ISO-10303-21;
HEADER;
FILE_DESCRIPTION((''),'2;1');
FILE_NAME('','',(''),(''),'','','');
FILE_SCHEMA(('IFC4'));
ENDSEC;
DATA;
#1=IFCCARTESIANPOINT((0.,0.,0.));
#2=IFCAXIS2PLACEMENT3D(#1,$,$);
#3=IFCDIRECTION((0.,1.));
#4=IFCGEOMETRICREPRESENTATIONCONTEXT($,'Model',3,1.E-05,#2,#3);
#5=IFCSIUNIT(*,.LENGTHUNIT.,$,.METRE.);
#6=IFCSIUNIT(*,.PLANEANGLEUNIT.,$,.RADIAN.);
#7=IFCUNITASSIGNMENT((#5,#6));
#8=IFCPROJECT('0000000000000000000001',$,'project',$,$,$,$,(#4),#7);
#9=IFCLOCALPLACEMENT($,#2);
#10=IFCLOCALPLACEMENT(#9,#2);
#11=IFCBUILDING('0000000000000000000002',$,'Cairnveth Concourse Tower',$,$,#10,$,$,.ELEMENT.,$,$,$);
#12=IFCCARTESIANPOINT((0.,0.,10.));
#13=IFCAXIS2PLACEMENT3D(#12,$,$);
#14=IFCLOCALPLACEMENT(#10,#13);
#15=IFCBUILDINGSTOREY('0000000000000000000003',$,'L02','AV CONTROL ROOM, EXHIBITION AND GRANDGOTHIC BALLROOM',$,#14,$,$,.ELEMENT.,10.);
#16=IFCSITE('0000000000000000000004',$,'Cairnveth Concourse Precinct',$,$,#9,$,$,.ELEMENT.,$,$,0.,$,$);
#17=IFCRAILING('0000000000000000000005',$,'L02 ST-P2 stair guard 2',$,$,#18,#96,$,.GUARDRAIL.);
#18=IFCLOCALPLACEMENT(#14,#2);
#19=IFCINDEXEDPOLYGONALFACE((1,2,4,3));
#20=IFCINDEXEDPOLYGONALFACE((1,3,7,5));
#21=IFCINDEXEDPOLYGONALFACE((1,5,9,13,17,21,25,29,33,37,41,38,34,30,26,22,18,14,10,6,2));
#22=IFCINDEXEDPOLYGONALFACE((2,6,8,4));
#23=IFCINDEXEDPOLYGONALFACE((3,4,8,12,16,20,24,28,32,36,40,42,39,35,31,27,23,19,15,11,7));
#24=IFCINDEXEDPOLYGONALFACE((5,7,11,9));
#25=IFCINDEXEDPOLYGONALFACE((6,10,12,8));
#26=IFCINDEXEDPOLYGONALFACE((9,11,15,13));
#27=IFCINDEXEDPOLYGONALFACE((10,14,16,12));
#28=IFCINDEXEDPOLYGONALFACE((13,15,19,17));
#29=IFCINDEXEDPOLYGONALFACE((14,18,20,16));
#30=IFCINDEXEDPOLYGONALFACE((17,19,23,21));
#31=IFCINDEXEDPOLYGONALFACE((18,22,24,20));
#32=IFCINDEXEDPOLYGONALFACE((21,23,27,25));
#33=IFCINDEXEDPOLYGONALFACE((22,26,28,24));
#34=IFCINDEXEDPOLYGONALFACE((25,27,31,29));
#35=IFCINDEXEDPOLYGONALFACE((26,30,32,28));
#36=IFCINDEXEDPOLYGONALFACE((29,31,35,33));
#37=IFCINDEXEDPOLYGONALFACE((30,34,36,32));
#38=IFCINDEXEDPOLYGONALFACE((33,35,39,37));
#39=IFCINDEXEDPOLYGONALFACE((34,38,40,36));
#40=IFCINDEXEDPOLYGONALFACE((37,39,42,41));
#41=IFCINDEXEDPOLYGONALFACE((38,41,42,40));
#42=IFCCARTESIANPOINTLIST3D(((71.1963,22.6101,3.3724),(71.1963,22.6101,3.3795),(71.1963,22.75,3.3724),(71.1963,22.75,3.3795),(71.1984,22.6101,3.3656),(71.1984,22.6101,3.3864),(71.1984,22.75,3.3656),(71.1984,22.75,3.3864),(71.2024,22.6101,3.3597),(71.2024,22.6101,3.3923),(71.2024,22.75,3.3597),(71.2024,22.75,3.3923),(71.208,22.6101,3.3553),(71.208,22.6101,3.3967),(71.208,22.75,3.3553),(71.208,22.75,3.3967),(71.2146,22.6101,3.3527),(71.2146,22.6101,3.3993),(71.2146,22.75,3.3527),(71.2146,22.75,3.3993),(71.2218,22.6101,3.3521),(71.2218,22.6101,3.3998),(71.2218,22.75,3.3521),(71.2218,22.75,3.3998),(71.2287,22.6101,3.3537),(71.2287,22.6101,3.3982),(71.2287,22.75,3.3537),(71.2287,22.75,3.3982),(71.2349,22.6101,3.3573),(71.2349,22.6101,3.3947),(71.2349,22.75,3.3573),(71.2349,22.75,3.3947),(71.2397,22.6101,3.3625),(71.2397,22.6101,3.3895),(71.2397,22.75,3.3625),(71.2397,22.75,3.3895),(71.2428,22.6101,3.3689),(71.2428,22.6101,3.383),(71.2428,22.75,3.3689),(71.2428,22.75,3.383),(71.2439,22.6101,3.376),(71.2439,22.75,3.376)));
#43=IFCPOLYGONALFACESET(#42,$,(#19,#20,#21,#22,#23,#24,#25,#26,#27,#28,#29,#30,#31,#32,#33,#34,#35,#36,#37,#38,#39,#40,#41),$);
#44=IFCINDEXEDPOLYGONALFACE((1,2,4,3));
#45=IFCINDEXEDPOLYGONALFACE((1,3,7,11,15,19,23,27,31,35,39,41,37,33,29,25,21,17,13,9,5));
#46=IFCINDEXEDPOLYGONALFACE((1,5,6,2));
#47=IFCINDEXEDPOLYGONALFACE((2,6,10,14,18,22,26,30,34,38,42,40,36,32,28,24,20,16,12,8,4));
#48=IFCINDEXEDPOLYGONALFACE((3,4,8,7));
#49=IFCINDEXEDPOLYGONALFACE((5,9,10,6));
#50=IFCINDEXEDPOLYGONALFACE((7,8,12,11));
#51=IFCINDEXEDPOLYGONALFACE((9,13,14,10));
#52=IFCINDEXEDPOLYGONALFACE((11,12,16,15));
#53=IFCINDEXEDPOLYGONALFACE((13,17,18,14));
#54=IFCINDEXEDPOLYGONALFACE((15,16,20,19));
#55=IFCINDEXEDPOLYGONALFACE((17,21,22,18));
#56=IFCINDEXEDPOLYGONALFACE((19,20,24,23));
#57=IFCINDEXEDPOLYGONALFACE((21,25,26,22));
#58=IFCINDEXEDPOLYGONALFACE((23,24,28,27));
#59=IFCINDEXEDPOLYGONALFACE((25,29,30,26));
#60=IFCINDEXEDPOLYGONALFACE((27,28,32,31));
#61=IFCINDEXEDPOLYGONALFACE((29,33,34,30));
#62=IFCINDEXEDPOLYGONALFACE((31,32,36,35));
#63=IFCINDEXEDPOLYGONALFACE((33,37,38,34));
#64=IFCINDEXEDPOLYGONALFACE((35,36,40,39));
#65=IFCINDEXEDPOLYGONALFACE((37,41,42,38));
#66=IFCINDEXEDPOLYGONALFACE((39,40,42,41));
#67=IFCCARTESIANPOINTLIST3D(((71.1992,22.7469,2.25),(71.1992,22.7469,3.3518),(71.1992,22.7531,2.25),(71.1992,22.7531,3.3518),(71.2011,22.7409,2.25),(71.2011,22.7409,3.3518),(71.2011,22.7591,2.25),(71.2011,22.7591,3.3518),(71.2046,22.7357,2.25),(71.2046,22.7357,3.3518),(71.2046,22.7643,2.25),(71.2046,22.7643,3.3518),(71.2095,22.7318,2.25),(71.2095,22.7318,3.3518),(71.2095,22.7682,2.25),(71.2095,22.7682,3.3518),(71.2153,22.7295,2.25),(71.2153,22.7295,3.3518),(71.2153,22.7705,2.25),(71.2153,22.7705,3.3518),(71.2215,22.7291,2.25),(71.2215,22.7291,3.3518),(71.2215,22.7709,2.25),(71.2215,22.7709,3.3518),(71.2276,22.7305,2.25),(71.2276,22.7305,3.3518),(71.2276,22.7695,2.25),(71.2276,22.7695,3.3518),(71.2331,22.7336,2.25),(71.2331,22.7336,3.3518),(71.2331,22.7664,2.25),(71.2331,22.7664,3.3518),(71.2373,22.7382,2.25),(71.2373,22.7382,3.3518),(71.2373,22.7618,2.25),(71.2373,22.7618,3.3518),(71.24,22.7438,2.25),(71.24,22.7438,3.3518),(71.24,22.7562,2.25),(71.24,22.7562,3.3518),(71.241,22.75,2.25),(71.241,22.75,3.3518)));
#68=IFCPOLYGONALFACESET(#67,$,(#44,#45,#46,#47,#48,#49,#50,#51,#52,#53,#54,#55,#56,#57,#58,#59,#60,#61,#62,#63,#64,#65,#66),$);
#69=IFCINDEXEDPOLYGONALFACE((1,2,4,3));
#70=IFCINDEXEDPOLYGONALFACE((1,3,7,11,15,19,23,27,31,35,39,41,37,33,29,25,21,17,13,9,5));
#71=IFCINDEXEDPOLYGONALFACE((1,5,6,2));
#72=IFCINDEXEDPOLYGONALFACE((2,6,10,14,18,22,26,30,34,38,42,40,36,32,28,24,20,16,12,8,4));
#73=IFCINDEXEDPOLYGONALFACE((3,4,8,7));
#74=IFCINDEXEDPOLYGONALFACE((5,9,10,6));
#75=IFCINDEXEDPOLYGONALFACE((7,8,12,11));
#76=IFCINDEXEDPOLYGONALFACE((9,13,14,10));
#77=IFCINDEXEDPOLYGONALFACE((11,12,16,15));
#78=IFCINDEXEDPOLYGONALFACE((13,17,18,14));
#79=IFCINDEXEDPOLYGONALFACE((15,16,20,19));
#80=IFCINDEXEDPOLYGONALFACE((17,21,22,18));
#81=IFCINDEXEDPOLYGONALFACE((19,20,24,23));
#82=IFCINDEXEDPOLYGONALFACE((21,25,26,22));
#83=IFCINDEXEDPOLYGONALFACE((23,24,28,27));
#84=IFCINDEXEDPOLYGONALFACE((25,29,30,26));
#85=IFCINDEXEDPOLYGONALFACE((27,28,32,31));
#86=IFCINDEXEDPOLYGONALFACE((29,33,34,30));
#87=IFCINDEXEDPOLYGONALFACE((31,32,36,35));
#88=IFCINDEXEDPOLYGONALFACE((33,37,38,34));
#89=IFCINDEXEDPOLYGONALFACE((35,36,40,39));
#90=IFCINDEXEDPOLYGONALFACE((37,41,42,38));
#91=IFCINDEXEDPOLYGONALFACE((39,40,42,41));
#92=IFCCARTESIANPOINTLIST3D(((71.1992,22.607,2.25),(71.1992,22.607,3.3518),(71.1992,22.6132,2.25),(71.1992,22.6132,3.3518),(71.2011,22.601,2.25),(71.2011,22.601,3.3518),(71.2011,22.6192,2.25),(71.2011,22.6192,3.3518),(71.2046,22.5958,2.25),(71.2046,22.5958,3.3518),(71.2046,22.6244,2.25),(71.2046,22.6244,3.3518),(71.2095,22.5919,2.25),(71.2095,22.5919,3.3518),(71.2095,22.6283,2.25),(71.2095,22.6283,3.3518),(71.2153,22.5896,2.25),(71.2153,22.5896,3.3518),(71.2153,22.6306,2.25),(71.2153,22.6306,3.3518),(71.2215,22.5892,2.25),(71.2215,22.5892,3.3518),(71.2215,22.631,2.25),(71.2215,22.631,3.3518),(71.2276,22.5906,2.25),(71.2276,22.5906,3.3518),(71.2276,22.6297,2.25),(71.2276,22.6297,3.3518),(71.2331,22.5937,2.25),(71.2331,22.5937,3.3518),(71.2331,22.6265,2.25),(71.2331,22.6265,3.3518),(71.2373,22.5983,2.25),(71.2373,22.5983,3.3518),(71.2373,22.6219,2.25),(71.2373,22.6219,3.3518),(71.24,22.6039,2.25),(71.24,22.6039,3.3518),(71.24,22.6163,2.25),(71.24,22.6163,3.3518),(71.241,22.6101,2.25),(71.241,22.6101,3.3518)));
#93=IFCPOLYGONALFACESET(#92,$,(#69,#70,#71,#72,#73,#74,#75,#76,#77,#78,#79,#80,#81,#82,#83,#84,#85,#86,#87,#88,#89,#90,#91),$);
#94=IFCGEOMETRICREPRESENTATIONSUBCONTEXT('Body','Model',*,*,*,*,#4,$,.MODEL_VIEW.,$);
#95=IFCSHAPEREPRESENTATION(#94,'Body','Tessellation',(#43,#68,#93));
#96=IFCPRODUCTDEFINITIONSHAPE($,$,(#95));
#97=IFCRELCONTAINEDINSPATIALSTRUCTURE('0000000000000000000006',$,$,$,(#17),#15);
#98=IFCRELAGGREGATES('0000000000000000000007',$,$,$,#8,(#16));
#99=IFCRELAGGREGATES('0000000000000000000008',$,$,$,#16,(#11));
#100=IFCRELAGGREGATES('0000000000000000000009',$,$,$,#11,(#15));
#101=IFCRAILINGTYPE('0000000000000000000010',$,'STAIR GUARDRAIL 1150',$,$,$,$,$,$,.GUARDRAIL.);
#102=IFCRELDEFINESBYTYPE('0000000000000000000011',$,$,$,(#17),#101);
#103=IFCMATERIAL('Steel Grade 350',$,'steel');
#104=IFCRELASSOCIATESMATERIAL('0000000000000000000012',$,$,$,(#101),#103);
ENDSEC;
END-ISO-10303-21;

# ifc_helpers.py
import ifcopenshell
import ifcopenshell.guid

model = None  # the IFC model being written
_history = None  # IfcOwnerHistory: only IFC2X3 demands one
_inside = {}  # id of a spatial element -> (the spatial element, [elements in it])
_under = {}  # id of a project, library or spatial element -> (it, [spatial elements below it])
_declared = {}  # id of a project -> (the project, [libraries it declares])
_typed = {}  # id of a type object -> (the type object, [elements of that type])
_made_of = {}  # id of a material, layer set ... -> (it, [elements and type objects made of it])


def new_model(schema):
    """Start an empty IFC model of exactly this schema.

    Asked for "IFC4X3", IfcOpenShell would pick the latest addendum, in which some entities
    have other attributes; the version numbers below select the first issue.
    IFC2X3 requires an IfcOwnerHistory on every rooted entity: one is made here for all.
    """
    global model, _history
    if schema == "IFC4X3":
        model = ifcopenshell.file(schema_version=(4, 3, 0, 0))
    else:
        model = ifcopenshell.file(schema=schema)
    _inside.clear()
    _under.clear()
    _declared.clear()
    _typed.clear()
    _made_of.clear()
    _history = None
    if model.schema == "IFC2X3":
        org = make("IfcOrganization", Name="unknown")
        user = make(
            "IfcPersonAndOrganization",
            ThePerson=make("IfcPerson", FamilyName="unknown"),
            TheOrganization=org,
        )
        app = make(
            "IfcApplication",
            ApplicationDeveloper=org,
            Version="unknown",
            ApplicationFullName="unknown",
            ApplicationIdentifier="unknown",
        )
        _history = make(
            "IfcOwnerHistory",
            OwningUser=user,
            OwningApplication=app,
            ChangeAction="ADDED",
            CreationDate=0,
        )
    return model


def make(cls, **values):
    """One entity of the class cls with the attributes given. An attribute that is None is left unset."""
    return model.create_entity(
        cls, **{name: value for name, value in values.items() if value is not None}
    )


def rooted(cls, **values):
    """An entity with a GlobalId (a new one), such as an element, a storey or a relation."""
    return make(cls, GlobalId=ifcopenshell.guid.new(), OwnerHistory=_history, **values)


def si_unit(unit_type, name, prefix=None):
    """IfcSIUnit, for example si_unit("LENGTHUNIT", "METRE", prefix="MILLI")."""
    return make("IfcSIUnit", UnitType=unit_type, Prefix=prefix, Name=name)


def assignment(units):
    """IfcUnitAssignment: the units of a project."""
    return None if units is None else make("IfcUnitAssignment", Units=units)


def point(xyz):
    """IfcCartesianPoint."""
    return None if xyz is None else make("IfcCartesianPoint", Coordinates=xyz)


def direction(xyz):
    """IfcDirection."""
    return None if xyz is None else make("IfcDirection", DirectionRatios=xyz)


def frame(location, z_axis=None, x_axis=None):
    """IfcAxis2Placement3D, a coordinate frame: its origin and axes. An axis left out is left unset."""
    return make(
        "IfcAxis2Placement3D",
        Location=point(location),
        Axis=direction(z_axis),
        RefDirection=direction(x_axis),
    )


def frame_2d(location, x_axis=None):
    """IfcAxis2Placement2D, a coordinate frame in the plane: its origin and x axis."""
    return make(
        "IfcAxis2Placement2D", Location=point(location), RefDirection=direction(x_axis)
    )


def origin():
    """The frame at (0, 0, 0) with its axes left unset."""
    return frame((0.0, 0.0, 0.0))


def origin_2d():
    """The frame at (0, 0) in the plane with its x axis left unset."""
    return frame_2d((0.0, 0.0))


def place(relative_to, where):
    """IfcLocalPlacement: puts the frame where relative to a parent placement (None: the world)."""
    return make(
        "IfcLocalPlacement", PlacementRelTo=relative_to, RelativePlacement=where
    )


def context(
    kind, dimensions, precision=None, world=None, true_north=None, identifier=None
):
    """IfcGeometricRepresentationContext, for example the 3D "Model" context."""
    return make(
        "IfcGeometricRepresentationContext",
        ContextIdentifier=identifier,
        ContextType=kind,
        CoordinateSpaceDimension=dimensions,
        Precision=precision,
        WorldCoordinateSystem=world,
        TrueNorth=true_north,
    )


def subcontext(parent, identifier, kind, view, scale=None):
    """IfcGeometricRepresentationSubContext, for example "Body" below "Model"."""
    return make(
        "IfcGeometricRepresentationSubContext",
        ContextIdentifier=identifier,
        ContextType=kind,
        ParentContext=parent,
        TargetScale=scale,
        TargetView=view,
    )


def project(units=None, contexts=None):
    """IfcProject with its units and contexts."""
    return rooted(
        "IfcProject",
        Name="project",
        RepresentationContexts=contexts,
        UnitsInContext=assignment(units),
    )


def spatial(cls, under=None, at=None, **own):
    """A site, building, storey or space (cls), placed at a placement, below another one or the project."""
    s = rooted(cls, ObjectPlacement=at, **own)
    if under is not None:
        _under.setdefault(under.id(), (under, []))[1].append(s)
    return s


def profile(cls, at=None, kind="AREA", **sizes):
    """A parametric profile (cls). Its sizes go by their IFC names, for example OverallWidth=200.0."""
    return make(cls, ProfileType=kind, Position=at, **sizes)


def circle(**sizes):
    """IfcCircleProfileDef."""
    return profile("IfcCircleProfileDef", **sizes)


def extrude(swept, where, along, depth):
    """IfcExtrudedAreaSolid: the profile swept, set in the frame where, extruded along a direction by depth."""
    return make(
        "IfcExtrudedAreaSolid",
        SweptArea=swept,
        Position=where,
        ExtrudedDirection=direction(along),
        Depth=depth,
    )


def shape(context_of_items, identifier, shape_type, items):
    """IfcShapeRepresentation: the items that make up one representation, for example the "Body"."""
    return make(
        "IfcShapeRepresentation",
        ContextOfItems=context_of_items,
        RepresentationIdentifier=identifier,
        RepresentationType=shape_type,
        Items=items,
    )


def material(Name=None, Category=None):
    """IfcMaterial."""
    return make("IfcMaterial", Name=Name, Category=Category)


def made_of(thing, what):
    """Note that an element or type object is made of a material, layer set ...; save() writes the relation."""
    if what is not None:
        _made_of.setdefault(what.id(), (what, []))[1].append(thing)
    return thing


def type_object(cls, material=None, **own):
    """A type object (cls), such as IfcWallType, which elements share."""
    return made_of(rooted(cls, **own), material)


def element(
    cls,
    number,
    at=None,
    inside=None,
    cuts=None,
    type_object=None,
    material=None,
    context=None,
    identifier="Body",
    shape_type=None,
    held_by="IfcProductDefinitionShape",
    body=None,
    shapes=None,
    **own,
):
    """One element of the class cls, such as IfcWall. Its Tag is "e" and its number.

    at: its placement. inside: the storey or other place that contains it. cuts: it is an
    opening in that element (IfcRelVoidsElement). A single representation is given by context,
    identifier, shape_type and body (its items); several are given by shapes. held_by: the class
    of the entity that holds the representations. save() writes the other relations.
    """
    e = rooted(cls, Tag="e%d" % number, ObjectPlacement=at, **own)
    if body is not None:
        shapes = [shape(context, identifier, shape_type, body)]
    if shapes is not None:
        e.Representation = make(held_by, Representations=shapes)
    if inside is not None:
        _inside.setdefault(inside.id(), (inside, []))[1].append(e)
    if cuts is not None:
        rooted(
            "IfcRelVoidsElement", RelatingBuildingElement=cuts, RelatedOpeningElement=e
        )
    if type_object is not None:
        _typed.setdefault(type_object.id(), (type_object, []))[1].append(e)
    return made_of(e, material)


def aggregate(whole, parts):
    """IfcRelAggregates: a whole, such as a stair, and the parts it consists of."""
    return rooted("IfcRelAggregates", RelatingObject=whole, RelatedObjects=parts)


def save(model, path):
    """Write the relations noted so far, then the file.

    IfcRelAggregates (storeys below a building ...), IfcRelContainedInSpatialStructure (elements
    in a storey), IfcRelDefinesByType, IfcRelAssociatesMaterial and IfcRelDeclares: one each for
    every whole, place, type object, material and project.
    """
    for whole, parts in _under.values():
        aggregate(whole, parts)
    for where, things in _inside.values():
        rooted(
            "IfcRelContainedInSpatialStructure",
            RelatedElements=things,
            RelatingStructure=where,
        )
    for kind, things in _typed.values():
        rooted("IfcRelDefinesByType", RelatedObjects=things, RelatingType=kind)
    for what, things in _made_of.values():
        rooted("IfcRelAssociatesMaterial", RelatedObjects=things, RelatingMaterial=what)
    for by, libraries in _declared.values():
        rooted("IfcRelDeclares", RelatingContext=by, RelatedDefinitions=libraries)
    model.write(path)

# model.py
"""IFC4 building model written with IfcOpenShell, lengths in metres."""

from ifc_helpers import new_model, si_unit, direction, frame, origin, origin_2d, place, context, subcontext, project, spatial, circle, extrude, material, type_object, element, save


model = new_model("IFC4")

# Units and contexts
model_context = context("Model", 3, precision=1e-05, world=origin(), true_north=direction((0.0, 1.0)))
body_context = subcontext(model_context, "Body", "Model", "MODEL_VIEW")
ifc_project = project(units=[si_unit("LENGTHUNIT", "METRE"), si_unit("PLANEANGLEUNIT", "RADIAN")], contexts=[model_context])

# Site, building, storey
site_placement = place(None, origin())
site = spatial("IfcSite", under=ifc_project, at=site_placement, Name="Cairnveth Concourse Precinct", CompositionType="ELEMENT", RefElevation=0.0)
building_placement = place(site_placement, origin())
building = spatial("IfcBuilding", under=site, at=building_placement, Name="Cairnveth Concourse Tower", CompositionType="ELEMENT")
storey_placement = place(building_placement, frame((0.0, 0.0, 10.0)))
storey = spatial("IfcBuildingStorey", under=building, at=storey_placement, Name="L02", Description="AV CONTROL ROOM, EXHIBITION AND GRANDGOTHIC BALLROOM", CompositionType="ELEMENT", Elevation=10.0)

# Shared definitions
ifc_material_1 = material(Name="Steel Grade 350", Category="steel")

# Railing
railing_type_1 = type_object("IfcRailingType", Name="STAIR GUARDRAIL 1150", PredefinedType="GUARDRAIL", material=ifc_material_1)
railing_1_placement = place(storey_placement, frame((71.22, 22.75, 2.25)))
element("IfcRailing", 1, at=railing_1_placement, inside=storey, type_object=railing_type_1, Name="L02 ST-P2 stair guard 2", PredefinedType="GUARDRAIL", context=body_context, shape_type="SweptSolid", body=[
    extrude(circle(Radius=0.0239, at=origin_2d()), frame((0.0, 0.0, 1.126), z_axis=(0.0, -1.0, 0.0), x_axis=(1.0, 0.0, 0.0)), (0.0, 0.0, 1.0), 0.1399),
    extrude(circle(Radius=0.021, at=origin_2d()), origin(), (0.0, 0.0, 1.0), 1.1018),
    extrude(circle(Radius=0.021, at=origin_2d()), frame((0.0, -0.1399, 0.0)), (0.0, 0.0, 1.0), 1.1018),
])

save(model, "model.ifc")
